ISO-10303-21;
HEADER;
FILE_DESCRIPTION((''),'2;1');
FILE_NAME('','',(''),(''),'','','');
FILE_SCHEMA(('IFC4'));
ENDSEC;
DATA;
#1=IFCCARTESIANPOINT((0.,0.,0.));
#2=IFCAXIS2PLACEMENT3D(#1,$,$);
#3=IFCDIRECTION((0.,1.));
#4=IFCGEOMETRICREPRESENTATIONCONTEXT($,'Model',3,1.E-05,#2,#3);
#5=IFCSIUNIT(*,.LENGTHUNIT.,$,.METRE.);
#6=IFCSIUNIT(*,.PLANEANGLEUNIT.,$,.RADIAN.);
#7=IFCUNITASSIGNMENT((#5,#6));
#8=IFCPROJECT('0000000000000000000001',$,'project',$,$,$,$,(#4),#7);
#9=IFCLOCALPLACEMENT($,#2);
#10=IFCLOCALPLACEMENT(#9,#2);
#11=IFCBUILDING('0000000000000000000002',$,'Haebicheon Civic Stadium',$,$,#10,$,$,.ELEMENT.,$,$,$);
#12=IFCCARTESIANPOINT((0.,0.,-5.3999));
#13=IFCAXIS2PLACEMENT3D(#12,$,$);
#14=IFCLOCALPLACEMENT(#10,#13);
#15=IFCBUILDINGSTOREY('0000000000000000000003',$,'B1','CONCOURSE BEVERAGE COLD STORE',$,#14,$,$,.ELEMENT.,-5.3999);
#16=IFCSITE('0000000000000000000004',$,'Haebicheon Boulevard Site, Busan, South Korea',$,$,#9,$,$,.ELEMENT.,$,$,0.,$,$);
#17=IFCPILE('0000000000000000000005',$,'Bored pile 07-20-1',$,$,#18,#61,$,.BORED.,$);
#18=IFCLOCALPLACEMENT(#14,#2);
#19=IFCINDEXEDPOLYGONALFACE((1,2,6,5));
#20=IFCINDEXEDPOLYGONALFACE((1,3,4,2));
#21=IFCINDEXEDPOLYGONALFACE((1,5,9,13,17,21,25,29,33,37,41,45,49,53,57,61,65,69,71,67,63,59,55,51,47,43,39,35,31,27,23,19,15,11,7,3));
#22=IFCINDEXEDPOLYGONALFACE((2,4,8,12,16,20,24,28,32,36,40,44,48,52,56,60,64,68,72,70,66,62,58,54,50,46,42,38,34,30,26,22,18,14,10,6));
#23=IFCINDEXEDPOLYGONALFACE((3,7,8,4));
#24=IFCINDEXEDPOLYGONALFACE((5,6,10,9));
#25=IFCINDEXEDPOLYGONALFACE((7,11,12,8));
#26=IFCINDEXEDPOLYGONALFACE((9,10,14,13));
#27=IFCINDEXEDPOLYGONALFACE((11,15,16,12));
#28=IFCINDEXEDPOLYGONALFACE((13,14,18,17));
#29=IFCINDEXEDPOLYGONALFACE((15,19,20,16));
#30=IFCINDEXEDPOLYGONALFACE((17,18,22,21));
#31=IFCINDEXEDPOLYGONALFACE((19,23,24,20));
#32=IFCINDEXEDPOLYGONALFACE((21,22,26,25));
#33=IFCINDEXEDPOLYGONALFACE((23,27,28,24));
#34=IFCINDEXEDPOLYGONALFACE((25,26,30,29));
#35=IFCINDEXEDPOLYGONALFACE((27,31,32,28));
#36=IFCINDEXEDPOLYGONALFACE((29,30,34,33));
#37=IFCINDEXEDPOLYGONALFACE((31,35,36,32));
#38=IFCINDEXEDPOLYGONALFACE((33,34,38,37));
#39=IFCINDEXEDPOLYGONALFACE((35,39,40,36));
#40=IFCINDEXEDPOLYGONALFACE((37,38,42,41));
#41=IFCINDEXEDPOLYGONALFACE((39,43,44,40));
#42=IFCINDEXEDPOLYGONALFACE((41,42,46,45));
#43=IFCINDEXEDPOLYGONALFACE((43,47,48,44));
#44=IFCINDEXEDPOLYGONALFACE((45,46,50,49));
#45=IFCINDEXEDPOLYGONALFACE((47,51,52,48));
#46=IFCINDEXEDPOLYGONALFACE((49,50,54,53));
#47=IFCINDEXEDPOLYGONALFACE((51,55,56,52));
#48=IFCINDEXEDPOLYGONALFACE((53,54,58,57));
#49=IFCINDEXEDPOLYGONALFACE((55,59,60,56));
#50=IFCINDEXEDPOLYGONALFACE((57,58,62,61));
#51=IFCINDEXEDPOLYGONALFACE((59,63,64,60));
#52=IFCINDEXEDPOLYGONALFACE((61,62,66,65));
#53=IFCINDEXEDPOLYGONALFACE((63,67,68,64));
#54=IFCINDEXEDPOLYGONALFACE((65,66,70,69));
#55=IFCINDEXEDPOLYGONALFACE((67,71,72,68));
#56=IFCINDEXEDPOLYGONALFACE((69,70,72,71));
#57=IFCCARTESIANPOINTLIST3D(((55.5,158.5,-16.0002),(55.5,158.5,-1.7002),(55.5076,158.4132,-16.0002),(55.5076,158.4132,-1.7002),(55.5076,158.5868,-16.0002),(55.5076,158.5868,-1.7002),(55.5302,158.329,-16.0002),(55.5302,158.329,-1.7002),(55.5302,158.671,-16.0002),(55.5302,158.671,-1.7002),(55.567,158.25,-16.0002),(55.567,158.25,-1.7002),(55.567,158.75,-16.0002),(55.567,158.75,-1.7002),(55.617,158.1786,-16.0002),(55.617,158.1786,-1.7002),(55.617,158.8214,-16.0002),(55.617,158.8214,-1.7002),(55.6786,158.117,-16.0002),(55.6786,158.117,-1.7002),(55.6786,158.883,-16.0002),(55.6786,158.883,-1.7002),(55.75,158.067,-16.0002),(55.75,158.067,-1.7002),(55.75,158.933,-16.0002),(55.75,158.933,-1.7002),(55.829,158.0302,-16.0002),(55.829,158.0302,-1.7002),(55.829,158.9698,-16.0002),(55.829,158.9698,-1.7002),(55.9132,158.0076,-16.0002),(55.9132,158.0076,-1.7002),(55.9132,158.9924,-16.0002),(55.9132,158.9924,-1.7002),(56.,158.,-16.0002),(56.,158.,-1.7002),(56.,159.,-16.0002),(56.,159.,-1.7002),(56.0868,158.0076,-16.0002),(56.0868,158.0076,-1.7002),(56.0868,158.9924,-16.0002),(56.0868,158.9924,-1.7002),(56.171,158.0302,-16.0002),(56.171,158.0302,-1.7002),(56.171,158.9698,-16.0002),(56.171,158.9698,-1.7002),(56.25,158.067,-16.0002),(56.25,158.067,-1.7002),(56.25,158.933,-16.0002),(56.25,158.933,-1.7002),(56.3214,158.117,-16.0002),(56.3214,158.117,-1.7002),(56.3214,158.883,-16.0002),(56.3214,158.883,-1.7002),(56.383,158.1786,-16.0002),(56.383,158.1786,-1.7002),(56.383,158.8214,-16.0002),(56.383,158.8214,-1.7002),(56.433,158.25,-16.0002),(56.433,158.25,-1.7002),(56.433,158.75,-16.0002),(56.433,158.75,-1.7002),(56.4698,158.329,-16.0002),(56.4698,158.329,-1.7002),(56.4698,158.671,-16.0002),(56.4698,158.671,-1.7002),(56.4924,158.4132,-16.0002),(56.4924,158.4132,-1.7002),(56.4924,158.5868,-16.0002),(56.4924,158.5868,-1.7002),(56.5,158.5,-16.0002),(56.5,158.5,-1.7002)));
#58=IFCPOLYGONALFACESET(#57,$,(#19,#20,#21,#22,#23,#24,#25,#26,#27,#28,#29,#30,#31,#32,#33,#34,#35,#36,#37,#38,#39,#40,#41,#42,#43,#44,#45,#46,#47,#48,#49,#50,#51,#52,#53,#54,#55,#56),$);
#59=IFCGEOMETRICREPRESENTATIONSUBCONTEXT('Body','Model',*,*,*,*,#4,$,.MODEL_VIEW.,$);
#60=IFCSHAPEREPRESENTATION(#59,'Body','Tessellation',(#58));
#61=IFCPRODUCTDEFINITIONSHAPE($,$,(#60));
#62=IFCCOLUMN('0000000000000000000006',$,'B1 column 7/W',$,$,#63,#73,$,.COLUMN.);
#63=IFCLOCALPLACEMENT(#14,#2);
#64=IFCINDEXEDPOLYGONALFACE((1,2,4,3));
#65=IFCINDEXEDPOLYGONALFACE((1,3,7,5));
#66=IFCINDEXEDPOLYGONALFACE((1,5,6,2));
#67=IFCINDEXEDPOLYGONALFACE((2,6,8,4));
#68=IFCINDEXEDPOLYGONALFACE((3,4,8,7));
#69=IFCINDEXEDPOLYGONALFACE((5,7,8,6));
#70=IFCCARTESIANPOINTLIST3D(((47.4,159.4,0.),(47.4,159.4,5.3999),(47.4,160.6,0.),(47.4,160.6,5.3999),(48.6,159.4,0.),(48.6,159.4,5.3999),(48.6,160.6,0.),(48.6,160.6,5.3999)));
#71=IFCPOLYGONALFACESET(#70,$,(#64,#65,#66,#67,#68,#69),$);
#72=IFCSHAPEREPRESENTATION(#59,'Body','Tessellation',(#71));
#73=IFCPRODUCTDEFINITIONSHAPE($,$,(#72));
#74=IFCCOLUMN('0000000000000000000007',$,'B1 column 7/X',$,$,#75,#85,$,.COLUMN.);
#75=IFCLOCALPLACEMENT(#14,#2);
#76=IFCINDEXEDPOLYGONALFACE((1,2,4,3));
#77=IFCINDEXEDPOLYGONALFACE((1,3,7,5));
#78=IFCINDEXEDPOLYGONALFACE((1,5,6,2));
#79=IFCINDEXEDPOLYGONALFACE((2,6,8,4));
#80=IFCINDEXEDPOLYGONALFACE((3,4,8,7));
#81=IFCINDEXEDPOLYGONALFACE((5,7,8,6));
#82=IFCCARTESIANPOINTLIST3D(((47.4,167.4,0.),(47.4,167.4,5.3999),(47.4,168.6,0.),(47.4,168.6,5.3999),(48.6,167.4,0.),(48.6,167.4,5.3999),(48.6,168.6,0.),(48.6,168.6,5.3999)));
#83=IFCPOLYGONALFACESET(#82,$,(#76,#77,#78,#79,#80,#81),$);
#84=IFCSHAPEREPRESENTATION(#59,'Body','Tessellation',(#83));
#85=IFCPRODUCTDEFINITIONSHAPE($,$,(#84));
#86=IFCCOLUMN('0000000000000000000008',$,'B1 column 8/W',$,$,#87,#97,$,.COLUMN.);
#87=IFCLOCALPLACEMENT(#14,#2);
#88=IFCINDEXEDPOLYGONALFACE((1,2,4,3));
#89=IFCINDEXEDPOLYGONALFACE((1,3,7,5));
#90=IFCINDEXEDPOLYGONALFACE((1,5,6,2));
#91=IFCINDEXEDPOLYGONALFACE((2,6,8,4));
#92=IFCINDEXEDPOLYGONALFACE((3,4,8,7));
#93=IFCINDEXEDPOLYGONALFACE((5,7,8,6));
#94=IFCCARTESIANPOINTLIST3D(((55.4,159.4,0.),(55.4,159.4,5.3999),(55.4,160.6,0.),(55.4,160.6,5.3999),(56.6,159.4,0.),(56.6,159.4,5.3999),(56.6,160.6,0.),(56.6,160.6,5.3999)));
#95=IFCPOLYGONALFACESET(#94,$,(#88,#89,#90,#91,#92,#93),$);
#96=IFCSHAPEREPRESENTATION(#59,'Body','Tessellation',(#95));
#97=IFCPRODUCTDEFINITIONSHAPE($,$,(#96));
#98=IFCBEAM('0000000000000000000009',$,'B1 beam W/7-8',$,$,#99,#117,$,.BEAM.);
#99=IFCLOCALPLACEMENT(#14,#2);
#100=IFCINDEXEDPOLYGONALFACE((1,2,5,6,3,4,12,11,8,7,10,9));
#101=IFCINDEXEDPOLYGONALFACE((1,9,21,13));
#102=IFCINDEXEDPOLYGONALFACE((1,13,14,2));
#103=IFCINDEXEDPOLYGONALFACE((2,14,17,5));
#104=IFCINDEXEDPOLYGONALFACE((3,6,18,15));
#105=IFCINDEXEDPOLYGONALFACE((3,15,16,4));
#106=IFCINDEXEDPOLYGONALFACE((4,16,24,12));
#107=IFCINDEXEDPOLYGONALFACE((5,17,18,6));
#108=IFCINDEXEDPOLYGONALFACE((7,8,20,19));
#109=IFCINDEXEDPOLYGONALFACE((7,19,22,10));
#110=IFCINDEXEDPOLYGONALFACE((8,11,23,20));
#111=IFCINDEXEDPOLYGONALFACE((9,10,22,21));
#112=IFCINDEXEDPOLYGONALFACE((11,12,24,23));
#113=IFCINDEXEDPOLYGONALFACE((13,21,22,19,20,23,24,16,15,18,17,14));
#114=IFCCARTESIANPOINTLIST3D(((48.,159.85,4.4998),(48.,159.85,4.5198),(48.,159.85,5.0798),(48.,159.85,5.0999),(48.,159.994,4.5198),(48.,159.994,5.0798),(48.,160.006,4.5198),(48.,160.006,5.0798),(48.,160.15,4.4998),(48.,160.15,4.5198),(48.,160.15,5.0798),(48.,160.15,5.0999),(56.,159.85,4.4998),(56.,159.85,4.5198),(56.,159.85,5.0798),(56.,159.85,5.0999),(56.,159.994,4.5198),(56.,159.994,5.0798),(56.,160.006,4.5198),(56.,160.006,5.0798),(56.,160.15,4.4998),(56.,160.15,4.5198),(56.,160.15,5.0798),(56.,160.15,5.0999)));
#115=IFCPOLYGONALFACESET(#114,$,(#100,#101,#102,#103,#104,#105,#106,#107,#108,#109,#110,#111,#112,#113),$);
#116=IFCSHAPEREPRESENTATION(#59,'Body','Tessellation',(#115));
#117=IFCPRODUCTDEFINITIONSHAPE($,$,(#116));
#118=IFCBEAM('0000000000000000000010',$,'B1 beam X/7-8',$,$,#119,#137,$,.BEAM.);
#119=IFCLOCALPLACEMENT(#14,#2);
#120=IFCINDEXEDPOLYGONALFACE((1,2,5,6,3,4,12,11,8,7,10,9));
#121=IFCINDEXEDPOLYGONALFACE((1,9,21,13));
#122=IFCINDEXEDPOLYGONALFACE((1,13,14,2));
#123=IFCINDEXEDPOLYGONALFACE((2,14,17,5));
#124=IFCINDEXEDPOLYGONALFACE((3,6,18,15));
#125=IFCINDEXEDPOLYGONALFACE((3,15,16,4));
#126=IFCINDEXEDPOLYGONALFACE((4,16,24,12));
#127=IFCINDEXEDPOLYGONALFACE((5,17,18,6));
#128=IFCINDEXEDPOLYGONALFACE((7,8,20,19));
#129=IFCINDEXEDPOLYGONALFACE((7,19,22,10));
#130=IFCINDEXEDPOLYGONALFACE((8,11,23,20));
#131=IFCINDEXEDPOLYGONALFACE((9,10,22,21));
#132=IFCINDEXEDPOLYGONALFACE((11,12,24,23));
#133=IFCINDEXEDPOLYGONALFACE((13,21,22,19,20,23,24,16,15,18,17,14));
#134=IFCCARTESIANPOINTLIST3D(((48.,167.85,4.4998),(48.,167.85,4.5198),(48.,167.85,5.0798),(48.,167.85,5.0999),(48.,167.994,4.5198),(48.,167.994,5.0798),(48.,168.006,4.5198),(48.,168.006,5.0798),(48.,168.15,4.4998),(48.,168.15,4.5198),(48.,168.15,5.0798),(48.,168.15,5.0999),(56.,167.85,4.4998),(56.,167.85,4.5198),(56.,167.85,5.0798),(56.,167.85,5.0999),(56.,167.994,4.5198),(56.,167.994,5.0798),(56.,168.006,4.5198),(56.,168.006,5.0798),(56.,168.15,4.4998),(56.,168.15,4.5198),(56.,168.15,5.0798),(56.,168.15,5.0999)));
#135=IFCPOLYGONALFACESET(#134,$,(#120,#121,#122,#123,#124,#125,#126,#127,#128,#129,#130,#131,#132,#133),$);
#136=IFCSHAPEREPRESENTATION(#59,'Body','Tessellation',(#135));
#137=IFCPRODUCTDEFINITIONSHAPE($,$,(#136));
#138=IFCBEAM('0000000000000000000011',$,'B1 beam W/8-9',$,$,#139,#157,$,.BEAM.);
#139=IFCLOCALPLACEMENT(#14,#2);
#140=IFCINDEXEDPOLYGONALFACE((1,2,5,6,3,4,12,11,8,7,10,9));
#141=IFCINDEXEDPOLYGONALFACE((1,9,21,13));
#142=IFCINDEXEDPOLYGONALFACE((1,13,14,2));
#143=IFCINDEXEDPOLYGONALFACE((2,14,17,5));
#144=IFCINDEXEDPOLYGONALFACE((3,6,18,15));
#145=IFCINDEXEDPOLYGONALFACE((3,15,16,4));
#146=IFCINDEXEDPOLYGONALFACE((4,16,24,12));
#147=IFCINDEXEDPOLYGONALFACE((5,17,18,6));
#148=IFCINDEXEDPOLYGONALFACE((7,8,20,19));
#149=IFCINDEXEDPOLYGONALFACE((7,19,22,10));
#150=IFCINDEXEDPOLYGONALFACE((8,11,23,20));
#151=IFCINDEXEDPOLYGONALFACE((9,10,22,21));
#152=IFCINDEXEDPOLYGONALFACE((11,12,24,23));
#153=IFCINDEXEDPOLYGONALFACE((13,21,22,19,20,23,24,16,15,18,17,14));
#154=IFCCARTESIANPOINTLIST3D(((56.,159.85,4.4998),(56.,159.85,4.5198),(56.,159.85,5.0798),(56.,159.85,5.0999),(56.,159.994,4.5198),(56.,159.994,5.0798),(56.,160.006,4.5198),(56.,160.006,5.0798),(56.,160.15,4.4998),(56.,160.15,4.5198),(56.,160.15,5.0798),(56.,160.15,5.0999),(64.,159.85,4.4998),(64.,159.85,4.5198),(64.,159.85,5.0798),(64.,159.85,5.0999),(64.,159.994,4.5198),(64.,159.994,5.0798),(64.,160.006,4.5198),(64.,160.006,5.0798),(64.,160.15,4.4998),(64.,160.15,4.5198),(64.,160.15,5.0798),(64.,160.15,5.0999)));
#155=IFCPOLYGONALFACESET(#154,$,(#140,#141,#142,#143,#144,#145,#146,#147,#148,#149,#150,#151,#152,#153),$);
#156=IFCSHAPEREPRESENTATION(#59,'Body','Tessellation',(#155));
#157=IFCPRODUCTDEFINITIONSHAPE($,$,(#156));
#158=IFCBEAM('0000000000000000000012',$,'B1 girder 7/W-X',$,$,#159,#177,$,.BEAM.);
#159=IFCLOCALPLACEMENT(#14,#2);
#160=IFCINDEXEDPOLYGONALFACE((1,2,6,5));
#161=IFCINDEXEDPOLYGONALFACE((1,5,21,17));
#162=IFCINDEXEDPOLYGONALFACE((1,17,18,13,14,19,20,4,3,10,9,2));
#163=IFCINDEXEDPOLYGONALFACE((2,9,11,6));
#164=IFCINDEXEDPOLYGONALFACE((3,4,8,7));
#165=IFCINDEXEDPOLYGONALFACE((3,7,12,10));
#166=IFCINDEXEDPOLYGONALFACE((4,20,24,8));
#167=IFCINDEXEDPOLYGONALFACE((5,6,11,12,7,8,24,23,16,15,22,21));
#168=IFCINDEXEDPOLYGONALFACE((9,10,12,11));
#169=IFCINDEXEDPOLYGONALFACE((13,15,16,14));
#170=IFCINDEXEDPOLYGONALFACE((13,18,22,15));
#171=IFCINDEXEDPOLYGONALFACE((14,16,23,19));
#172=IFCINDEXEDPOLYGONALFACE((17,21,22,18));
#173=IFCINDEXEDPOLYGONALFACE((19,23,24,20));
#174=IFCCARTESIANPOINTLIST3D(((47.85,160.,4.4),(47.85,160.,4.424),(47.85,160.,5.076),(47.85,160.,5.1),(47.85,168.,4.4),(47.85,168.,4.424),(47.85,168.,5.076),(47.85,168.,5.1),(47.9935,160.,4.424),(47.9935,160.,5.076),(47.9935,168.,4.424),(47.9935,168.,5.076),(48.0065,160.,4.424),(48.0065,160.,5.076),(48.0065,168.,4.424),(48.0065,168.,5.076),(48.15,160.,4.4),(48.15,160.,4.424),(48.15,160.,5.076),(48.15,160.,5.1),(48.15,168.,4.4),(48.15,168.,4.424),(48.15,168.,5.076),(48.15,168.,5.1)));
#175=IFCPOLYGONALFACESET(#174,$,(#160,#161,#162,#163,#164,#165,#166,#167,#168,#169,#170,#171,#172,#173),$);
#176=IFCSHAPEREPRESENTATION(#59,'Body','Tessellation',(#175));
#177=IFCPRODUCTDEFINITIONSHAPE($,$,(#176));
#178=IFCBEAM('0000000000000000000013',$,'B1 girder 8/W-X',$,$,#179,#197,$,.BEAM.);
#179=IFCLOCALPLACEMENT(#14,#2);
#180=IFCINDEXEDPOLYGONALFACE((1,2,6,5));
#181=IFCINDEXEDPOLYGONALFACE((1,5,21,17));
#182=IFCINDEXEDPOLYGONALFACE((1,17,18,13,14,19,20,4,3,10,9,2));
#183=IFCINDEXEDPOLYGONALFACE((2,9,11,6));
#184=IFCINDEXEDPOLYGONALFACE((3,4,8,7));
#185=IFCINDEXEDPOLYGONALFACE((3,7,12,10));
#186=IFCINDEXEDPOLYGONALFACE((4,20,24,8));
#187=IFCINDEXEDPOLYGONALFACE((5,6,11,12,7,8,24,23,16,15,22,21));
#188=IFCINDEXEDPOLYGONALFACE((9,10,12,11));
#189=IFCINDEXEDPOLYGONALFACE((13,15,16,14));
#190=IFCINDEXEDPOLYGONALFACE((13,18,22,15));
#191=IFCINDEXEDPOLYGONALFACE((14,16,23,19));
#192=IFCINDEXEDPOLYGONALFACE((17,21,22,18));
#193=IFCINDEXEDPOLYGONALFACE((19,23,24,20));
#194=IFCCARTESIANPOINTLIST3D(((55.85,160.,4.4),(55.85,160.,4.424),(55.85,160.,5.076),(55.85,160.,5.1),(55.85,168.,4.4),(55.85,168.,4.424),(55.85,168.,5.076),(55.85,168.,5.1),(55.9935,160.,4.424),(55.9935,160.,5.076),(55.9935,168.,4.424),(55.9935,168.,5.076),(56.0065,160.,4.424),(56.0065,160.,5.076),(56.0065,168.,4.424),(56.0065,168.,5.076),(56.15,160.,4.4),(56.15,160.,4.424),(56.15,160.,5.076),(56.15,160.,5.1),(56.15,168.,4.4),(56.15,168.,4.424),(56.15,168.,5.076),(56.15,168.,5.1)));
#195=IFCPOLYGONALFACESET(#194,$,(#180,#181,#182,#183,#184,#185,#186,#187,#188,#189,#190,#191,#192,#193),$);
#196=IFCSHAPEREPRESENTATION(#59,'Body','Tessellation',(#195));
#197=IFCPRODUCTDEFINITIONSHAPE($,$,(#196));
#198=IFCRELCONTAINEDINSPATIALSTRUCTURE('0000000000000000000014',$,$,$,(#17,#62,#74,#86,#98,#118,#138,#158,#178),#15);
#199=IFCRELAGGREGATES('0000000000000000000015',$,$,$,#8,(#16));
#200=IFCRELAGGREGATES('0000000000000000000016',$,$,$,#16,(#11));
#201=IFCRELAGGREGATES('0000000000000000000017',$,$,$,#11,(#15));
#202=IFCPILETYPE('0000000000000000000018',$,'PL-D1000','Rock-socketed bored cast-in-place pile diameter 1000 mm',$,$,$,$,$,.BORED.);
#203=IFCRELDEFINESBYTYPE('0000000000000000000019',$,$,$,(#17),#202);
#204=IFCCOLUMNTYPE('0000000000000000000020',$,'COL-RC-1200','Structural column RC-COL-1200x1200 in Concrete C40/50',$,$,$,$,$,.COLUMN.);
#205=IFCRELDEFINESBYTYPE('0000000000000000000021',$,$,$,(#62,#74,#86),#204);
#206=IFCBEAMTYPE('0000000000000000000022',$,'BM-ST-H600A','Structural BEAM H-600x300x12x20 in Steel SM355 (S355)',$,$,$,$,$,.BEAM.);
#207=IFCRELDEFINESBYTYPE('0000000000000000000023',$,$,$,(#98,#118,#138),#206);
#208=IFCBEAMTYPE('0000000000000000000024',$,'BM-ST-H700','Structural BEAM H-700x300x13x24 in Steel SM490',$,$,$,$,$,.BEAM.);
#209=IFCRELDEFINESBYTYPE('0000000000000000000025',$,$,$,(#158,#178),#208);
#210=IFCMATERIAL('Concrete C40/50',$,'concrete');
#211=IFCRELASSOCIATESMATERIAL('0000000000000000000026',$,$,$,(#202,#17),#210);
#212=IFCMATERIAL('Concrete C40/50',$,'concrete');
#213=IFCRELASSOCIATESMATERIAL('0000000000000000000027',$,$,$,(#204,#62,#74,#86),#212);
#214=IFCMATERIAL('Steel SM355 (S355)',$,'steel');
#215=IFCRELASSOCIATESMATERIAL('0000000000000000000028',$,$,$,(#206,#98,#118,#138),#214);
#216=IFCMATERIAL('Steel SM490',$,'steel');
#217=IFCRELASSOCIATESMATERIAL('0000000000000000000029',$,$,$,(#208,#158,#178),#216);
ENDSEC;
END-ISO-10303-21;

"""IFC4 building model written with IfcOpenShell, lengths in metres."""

from ifc_helpers import new_model, si_unit, direction, frame, origin, origin_2d, place, context, subcontext, project, spatial, rectangle, circle, i_section, extrude, material, material_profile, profile_set, type_object, element, save


model = new_model("IFC4")

# Units and contexts
model_context = context("Model", 3, precision=1e-05, world=origin(), true_north=direction((0.0, 1.0)))
body_context = subcontext(model_context, "Body", "Model", "MODEL_VIEW")
ifc_project = project(units=[si_unit("LENGTHUNIT", "METRE"), si_unit("PLANEANGLEUNIT", "RADIAN")], contexts=[model_context])

# Site, building, storey
site_placement = place(None, origin())
site = spatial("IfcSite", under=ifc_project, at=site_placement, Name="Haebicheon Boulevard Site, Busan, South Korea", CompositionType="ELEMENT", RefElevation=0.0)
building_placement = place(site_placement, origin())
building = spatial("IfcBuilding", under=site, at=building_placement, Name="Haebicheon Civic Stadium", CompositionType="ELEMENT")
storey_placement = place(building_placement, frame((0.0, 0.0, -5.3999)))
storey = spatial("IfcBuildingStorey", under=building, at=storey_placement, Name="B1", Description="CONCOURSE BEVERAGE COLD STORE", CompositionType="ELEMENT", Elevation=-5.3999)

# Pile
ifc_material_1 = material(Name="Concrete C40/50", Category="concrete")
ifc_material_profile_1 = material_profile(ifc_material_1, circle(Radius=0.5, at=origin_2d()), Name="PILE-D1000")
ifc_profile_set_1 = profile_set([ifc_material_profile_1], Name="Concrete C40/50")
pile_type = type_object("IfcPileType", Name="PL-D1000", Description="Rock-socketed bored cast-in-place pile diameter 1000 mm", PredefinedType="BORED", material=ifc_profile_set_1)
for number, where, z_axis, x_axis, name in (
    (1, (56.0, 158.5, -1.7002), (0.0, 0.0, -1.0), (1.0, 0.0, 0.0), "Bored pile 07-20-1"),
):
    element("IfcPile", number, at=place(storey_placement, frame(where, z_axis=z_axis, x_axis=x_axis)), inside=storey, type_object=pile_type, material=ifc_profile_set_1, Name=name, PredefinedType="BORED", context=body_context, shape_type="SweptSolid", body=[
        extrude(circle(Radius=0.5, at=origin_2d()), origin(), (0.0, 0.0, 1.0), 14.3),
    ])

# Columns
ifc_material_2 = material(Name="Concrete C40/50", Category="concrete")
ifc_material_profile_2 = material_profile(ifc_material_2, rectangle(XDim=1.2, YDim=1.2, at=origin_2d()), Name="RC-COL-1200x1200")
ifc_profile_set_2 = profile_set([ifc_material_profile_2], Name="Concrete C40/50")
column_type = type_object("IfcColumnType", Name="COL-RC-1200", Description="Structural column RC-COL-1200x1200 in Concrete C40/50", PredefinedType="COLUMN", material=ifc_profile_set_2)
for number, where, z_axis, x_axis, name in (
    (2, (48.0, 160.0, 0.0), (0.0, 0.0, 1.0), (1.0, 0.0, 0.0), "B1 column 7/W"),
    (3, (48.0, 168.0, 0.0), (0.0, 0.0, 1.0), (1.0, 0.0, 0.0), "B1 column 7/X"),
    (4, (56.0, 160.0, 0.0), (0.0, 0.0, 1.0), (1.0, 0.0, 0.0), "B1 column 8/W"),
):
    element("IfcColumn", number, at=place(storey_placement, frame(where, z_axis=z_axis, x_axis=x_axis)), inside=storey, type_object=column_type, material=ifc_profile_set_2, Name=name, PredefinedType="COLUMN", context=body_context, shape_type="SweptSolid", body=[
        extrude(rectangle(XDim=1.2, YDim=1.2, at=origin_2d()), origin(), (0.0, 0.0, 1.0), 5.3999),
    ])

# Beams
ifc_material_3 = material(Name="Steel SM355 (S355)", Category="steel")
ifc_material_profile_3 = material_profile(ifc_material_3, i_section(OverallWidth=0.3, OverallDepth=0.6001, WebThickness=0.012, FlangeThickness=0.02, at=origin_2d()), Name="H-600x300x12x20")
ifc_profile_set_3 = profile_set([ifc_material_profile_3], Name="Steel SM355 (S355)")
beam_type_1 = type_object("IfcBeamType", Name="BM-ST-H600A", Description="Structural BEAM H-600x300x12x20 in Steel SM355 (S355)", PredefinedType="BEAM", material=ifc_profile_set_3)
for number, where, z_axis, x_axis, name in (
    (5, (48.0, 160.0, 4.7998), (1.0, 0.0, 0.0), (0.0, 1.0, 0.0), "B1 beam W/7-8"),
    (6, (48.0, 168.0, 4.7998), (1.0, 0.0, 0.0), (0.0, 1.0, 0.0), "B1 beam X/7-8"),
    (7, (56.0, 160.0, 4.7998), (1.0, 0.0, 0.0), (0.0, 1.0, 0.0), "B1 beam W/8-9"),
):
    element("IfcBeam", number, at=place(storey_placement, frame(where, z_axis=z_axis, x_axis=x_axis)), inside=storey, type_object=beam_type_1, material=ifc_profile_set_3, Name=name, PredefinedType="BEAM", context=body_context, shape_type="SweptSolid", body=[
        extrude(i_section(OverallWidth=0.3, OverallDepth=0.6001, WebThickness=0.012, FlangeThickness=0.02, at=origin_2d()), origin(), (0.0, 0.0, 1.0), 8.0),
    ])
ifc_material_4 = material(Name="Steel SM490", Category="steel")
ifc_material_profile_4 = material_profile(ifc_material_4, i_section(OverallWidth=0.3, OverallDepth=0.7, WebThickness=0.0129, FlangeThickness=0.0239, at=origin_2d()), Name="H-700x300x13x24")
ifc_profile_set_4 = profile_set([ifc_material_profile_4], Name="Steel SM490")
beam_type_2 = type_object("IfcBeamType", Name="BM-ST-H700", Description="Structural BEAM H-700x300x13x24 in Steel SM490", PredefinedType="BEAM", material=ifc_profile_set_4)
for number, where, z_axis, x_axis, name in (
    (8, (48.0, 160.0, 4.75), (0.0, 1.0, 0.0), (-1.0, 0.0, 0.0), "B1 girder 7/W-X"),
    (9, (56.0, 160.0, 4.75), (0.0, 1.0, 0.0), (-1.0, 0.0, 0.0), "B1 girder 8/W-X"),
):
    element("IfcBeam", number, at=place(storey_placement, frame(where, z_axis=z_axis, x_axis=x_axis)), inside=storey, type_object=beam_type_2, material=ifc_profile_set_4, Name=name, PredefinedType="BEAM", context=body_context, shape_type="SweptSolid", body=[
        extrude(i_section(OverallWidth=0.3, OverallDepth=0.7, WebThickness=0.0129, FlangeThickness=0.0239, at=origin_2d()), origin(), (0.0, 0.0, 1.0), 8.0),
    ])

save(model, "model.ifc")
